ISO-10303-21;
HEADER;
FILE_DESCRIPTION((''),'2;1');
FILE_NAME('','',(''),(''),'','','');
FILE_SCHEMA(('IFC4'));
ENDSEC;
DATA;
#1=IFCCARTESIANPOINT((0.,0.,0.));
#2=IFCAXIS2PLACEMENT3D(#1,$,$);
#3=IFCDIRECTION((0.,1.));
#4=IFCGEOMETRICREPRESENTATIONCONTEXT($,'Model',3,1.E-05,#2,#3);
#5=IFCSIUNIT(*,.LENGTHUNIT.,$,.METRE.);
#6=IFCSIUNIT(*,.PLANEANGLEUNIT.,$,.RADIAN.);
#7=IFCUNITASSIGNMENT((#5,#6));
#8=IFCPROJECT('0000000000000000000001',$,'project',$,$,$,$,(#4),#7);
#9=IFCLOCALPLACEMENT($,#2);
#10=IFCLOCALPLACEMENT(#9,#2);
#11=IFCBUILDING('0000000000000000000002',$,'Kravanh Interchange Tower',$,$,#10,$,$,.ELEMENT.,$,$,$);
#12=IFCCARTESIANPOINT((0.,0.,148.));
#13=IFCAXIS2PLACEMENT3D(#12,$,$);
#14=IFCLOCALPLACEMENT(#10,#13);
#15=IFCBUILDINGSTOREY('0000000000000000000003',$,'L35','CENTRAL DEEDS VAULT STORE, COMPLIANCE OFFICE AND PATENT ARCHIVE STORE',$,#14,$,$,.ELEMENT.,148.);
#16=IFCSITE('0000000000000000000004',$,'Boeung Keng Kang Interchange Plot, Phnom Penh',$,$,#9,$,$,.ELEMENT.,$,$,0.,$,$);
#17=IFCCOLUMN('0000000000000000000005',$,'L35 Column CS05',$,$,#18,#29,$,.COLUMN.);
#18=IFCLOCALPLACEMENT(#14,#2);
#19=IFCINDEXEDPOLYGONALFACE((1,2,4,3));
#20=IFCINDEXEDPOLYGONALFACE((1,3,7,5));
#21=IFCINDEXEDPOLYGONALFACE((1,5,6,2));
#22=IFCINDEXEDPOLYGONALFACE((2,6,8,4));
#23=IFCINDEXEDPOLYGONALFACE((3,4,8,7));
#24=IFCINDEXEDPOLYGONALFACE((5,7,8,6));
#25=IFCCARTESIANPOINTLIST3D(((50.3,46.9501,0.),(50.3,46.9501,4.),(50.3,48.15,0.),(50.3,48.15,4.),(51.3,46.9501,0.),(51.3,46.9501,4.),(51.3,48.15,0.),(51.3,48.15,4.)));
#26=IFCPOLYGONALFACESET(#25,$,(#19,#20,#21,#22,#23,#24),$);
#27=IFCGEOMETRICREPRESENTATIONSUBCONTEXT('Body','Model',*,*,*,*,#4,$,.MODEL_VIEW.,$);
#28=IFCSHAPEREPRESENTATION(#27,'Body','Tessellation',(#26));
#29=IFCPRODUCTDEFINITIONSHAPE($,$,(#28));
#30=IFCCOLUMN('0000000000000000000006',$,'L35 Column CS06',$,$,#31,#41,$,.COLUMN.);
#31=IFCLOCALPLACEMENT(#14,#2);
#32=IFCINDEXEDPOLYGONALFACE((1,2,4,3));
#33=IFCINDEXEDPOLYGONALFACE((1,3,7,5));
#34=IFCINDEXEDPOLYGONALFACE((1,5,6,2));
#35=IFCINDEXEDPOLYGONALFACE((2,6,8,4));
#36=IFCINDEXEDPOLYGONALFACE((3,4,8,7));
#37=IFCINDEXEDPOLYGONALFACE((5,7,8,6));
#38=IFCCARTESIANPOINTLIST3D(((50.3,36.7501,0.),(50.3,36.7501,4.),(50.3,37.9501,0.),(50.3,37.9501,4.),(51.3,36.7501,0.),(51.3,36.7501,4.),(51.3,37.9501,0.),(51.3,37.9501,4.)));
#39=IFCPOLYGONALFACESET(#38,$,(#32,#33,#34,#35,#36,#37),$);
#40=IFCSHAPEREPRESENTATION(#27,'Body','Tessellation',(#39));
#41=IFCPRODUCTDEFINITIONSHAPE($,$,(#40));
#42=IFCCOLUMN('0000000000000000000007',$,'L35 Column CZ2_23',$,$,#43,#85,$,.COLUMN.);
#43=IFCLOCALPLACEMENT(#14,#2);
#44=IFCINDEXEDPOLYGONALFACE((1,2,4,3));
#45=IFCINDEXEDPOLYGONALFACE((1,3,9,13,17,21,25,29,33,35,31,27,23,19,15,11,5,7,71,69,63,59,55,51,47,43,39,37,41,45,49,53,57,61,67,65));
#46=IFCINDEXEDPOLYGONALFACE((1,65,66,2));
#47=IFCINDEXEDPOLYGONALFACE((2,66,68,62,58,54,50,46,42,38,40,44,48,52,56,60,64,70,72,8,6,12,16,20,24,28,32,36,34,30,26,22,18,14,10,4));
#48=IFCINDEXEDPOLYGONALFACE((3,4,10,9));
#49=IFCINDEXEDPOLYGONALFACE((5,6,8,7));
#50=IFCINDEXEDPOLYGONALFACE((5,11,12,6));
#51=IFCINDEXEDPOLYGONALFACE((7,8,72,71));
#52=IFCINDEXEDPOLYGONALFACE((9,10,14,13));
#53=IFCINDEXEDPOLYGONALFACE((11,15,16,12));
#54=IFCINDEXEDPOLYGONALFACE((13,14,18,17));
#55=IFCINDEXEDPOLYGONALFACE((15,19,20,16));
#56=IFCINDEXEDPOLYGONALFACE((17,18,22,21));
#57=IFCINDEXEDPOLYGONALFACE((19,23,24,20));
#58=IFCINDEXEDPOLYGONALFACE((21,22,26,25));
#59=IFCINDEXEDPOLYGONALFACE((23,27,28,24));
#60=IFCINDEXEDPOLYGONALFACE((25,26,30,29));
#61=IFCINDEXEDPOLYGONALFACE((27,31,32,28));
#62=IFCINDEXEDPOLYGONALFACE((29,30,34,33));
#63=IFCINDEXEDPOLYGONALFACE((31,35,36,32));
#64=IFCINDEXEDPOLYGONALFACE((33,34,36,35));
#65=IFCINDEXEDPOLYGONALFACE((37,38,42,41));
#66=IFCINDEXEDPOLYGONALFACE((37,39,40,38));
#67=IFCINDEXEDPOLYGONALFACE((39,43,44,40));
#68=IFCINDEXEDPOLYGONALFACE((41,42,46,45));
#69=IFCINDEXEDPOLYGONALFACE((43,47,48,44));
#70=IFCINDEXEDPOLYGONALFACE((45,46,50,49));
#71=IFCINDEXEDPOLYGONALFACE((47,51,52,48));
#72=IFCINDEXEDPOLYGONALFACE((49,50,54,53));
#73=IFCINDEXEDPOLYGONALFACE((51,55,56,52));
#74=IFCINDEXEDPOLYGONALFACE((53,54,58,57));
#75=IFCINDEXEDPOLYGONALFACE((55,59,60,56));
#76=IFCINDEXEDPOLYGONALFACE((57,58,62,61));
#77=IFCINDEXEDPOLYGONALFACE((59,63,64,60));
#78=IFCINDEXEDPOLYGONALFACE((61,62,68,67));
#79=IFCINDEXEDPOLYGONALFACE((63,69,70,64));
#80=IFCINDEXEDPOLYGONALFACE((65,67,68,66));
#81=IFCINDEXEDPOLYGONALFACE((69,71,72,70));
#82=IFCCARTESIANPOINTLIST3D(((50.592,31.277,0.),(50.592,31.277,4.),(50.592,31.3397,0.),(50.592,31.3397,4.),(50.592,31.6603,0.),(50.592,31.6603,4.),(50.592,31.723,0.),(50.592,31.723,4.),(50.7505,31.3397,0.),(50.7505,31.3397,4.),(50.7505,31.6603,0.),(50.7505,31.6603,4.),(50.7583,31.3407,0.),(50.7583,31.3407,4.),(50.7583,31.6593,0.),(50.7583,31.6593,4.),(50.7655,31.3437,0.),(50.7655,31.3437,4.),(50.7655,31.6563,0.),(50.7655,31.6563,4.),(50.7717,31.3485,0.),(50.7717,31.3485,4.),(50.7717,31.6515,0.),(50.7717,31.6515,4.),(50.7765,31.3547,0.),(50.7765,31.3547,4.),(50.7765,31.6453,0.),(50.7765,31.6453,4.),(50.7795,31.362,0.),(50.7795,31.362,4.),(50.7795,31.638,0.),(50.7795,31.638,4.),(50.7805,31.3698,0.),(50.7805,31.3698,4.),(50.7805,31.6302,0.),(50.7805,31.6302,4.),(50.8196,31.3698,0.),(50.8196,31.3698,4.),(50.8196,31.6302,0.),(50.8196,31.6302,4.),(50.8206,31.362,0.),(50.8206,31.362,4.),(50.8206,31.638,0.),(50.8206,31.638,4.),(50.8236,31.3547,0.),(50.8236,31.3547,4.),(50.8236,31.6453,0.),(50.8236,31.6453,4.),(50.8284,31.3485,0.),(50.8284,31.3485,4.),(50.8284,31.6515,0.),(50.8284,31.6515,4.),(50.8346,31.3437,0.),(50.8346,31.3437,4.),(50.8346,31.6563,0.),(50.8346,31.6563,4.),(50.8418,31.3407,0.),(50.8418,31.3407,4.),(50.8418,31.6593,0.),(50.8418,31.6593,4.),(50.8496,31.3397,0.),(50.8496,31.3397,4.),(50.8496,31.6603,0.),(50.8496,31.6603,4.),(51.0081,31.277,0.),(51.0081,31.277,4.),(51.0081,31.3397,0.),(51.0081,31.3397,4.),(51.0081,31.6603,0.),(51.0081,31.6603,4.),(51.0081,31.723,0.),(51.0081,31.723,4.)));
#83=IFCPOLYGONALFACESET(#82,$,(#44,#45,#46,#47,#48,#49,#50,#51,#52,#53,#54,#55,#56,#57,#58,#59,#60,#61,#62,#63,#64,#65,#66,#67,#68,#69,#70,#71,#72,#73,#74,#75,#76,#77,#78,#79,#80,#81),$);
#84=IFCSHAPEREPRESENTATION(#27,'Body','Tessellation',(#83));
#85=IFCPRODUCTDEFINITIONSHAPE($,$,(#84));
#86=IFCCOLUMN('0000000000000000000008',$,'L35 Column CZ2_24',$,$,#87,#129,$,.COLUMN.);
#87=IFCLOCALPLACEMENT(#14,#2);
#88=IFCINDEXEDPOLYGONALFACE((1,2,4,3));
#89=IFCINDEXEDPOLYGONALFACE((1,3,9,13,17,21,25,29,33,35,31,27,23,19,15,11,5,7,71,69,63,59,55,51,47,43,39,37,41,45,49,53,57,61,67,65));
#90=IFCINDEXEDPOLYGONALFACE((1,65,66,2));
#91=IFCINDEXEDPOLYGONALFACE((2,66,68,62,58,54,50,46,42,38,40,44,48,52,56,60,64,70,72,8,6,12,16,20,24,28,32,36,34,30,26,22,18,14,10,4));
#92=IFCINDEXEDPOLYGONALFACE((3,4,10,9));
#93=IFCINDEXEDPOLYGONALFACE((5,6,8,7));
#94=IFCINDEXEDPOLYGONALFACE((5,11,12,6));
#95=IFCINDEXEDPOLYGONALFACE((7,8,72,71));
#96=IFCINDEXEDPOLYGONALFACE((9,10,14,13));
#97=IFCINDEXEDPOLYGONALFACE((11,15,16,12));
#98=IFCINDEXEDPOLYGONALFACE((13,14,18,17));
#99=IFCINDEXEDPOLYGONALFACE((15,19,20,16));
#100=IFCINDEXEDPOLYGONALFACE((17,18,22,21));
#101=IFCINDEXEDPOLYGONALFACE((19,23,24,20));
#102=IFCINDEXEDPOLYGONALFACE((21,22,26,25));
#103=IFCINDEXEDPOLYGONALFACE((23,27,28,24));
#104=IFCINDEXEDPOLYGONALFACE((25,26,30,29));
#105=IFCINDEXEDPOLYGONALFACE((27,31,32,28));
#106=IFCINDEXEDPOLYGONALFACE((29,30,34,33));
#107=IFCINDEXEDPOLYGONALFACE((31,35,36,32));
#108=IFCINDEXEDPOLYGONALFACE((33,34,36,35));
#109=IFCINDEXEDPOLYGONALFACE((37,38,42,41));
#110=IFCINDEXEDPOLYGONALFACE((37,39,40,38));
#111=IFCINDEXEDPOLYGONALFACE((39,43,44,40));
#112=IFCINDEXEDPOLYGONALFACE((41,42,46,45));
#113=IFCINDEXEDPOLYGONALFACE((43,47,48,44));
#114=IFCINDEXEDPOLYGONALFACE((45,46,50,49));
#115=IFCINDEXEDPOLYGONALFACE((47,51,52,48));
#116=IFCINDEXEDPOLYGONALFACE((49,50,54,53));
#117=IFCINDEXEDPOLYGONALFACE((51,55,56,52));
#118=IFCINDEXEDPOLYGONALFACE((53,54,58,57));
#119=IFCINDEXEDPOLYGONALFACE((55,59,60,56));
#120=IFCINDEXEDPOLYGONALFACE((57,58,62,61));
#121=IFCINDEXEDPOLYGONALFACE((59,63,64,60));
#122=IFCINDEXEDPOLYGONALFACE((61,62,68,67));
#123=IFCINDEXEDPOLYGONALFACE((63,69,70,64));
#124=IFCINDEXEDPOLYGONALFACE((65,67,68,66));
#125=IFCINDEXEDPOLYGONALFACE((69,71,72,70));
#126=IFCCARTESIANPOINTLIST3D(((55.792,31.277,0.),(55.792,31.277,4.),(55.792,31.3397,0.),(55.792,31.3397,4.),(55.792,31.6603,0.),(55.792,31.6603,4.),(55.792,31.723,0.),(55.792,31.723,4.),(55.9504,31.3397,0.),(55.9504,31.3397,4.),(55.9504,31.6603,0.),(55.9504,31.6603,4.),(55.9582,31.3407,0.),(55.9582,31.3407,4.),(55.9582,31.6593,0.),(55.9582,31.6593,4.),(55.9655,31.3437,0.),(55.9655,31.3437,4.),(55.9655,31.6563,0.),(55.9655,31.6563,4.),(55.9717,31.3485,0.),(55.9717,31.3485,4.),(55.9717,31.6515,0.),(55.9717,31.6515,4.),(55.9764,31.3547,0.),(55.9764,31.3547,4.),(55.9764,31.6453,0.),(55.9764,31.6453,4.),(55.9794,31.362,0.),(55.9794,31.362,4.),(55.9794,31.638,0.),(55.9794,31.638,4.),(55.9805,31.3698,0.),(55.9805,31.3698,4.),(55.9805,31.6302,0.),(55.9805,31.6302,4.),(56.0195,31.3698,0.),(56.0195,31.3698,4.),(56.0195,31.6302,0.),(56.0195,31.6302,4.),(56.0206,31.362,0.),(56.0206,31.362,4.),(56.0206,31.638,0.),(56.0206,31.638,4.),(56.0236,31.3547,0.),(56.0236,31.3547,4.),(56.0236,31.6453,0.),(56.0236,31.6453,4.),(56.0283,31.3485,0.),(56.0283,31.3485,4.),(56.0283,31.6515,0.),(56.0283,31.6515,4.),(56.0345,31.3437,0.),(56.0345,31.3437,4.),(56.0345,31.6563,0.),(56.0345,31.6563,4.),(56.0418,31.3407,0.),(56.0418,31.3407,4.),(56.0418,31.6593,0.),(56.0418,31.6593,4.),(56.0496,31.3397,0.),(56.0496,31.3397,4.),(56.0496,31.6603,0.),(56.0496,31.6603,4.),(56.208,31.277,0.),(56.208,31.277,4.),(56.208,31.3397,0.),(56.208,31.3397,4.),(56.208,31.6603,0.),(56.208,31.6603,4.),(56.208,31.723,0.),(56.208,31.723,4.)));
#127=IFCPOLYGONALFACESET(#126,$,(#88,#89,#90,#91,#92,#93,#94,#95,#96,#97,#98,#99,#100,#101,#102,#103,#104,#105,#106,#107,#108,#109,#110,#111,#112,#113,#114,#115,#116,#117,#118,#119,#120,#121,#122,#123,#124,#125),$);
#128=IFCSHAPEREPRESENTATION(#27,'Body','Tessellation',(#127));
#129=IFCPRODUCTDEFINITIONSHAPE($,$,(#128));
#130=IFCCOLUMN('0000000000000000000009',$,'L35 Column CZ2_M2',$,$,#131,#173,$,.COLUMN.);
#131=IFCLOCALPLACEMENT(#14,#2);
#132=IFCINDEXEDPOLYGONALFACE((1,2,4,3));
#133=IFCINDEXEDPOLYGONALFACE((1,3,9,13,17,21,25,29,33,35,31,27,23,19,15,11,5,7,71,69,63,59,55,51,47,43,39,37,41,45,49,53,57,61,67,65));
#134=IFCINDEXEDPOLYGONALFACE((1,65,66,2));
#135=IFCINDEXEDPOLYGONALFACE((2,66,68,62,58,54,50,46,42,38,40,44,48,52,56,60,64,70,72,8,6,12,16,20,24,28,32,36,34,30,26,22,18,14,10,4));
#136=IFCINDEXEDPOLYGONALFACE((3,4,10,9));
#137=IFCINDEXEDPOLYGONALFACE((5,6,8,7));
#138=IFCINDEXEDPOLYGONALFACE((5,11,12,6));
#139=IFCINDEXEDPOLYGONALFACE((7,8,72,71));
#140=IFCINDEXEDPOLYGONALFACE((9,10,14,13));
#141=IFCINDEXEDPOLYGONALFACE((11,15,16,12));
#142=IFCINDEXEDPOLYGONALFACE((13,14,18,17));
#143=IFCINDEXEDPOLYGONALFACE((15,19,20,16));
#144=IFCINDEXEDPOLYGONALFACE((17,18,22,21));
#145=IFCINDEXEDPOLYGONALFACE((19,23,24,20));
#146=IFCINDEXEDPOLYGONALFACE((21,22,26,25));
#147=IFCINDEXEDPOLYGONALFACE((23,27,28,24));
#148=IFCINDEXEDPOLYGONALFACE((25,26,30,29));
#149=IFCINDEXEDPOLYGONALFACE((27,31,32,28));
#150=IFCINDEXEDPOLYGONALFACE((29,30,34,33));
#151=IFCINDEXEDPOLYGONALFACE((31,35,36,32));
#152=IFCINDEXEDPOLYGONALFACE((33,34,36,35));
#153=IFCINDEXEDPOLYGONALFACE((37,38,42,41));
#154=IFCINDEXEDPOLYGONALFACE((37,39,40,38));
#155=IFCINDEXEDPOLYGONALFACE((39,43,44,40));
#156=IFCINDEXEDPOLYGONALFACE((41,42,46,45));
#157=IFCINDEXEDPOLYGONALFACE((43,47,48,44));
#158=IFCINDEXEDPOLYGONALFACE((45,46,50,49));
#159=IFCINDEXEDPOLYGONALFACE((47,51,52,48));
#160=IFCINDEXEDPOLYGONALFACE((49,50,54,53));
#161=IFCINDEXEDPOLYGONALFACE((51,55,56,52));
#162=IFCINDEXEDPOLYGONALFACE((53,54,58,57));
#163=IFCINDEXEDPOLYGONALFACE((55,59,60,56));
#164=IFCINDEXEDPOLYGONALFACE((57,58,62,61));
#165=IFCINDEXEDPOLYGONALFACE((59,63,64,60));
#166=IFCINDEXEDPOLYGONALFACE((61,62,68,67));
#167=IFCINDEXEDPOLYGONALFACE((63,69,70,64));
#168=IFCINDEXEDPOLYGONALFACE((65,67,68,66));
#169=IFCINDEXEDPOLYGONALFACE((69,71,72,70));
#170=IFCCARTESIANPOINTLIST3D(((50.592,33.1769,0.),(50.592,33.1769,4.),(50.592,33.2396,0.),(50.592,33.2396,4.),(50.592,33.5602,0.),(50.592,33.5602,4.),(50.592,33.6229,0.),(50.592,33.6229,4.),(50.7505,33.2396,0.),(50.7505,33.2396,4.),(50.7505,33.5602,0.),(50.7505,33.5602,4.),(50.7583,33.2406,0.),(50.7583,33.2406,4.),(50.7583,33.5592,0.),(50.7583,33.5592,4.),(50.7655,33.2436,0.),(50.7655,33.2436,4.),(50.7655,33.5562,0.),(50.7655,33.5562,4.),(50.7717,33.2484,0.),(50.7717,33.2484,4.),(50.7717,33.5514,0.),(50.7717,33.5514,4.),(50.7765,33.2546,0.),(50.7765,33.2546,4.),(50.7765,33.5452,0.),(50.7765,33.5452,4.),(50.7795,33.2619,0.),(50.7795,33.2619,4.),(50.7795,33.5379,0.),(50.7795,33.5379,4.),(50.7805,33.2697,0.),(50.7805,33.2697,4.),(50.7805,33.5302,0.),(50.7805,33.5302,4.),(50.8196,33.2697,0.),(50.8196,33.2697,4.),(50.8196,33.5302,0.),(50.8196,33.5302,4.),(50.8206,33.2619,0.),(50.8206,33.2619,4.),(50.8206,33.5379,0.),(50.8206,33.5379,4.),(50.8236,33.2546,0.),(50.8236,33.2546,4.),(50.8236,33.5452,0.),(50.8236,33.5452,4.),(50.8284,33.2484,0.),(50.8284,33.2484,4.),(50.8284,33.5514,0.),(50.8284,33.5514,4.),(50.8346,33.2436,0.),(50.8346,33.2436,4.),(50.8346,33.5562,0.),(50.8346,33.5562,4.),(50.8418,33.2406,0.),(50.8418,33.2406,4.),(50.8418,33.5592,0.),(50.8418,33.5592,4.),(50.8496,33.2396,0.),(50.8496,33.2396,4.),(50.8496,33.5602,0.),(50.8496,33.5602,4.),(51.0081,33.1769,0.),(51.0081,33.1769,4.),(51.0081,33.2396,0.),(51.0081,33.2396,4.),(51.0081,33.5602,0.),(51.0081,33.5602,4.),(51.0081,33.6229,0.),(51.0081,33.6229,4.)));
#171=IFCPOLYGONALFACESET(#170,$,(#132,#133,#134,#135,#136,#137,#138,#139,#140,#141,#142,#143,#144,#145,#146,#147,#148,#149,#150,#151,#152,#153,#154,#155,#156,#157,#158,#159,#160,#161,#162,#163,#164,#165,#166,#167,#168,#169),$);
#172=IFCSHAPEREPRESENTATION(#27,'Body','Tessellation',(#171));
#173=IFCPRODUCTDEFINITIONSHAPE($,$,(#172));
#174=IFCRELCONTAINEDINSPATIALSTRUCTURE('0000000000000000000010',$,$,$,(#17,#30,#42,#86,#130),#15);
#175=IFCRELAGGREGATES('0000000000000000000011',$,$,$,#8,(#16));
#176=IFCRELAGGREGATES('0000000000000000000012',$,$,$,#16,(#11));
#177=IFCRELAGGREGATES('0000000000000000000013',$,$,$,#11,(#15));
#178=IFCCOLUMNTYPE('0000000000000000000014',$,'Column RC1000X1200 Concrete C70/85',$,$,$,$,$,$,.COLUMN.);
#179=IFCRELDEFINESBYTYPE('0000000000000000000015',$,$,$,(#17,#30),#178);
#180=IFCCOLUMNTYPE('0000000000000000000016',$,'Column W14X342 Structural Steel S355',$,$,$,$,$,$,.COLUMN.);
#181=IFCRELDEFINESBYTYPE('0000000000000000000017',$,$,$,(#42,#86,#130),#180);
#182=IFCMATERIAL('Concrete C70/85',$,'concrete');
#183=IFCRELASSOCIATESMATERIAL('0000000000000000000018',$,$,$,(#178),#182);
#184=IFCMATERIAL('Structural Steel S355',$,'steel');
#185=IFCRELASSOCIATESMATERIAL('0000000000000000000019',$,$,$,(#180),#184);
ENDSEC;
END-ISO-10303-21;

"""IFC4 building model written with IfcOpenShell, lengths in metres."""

from ifc_helpers import new_model, si_unit, direction, frame, origin, origin_2d, place, context, subcontext, project, spatial, rectangle, i_section, extrude, material, material_profile, profile_set, type_object, element, save


model = new_model("IFC4")

# Units and contexts
model_context = context("Model", 3, precision=1e-05, world=origin(), true_north=direction((0.0, 1.0)))
body_context = subcontext(model_context, "Body", "Model", "MODEL_VIEW")
ifc_project = project(units=[si_unit("LENGTHUNIT", "METRE"), si_unit("PLANEANGLEUNIT", "RADIAN")], contexts=[model_context])

# Site, building, storey
site_placement = place(None, origin())
site = spatial("IfcSite", under=ifc_project, at=site_placement, Name="Boeung Keng Kang Interchange Plot, Phnom Penh", CompositionType="ELEMENT", RefElevation=0.0)
building_placement = place(site_placement, origin())
building = spatial("IfcBuilding", under=site, at=building_placement, Name="Kravanh Interchange Tower", CompositionType="ELEMENT")
storey_placement = place(building_placement, frame((0.0, 0.0, 148.0)))
storey = spatial("IfcBuildingStorey", under=building, at=storey_placement, Name="L35", Description="CENTRAL DEEDS VAULT STORE, COMPLIANCE OFFICE AND PATENT ARCHIVE STORE", CompositionType="ELEMENT", Elevation=148.0)

# Columns
ifc_material_1 = material(Name="Concrete C70/85", Category="concrete")
ifc_material_profile_1 = material_profile(ifc_material_1, rectangle(XDim=1.0, YDim=1.2, at=origin_2d()), Name="RC1000X1200")
ifc_profile_set_1 = profile_set([ifc_material_profile_1], Name="Concrete C70/85")
column_type_1 = type_object("IfcColumnType", Name="Column RC1000X1200 Concrete C70/85", PredefinedType="COLUMN", material=ifc_profile_set_1)
for number, where, z_axis, x_axis, name in (
    (1, (50.8, 47.55, 0.0), (0.0, 0.0, 1.0), (1.0, 0.0, 0.0), "L35 Column CS05"),
    (2, (50.8, 37.3501, 0.0), (0.0, 0.0, 1.0), (1.0, 0.0, 0.0), "L35 Column CS06"),
):
    element("IfcColumn", number, at=place(storey_placement, frame(where, z_axis=z_axis, x_axis=x_axis)), inside=storey, type_object=column_type_1, Name=name, PredefinedType="COLUMN", context=body_context, shape_type="SweptSolid", body=[
        extrude(rectangle(XDim=1.0, YDim=1.2, at=origin_2d()), origin(), (0.0, 0.0, 1.0), 4.0),
    ])
ifc_material_2 = material(Name="Structural Steel S355", Category="steel")
ifc_material_profile_2 = material_profile(ifc_material_2, i_section(OverallWidth=0.416, OverallDepth=0.446, WebThickness=0.0391, FlangeThickness=0.0627, FilletRadius=0.03, at=origin_2d()), Name="W14X342")
ifc_profile_set_2 = profile_set([ifc_material_profile_2], Name="Structural Steel S355")
column_type_2 = type_object("IfcColumnType", Name="Column W14X342 Structural Steel S355", PredefinedType="COLUMN", material=ifc_profile_set_2)
for number, where, z_axis, x_axis, name in (
    (3, (50.8, 31.5, 0.0), (0.0, 0.0, 1.0), (1.0, 0.0, 0.0), "L35 Column CZ2_23"),
    (4, (56.0, 31.5, 0.0), (0.0, 0.0, 1.0), (1.0, 0.0, 0.0), "L35 Column CZ2_24"),
    (5, (50.8, 33.3999, 0.0), (0.0, 0.0, 1.0), (1.0, 0.0, 0.0), "L35 Column CZ2_M2"),
):
    element("IfcColumn", number, at=place(storey_placement, frame(where, z_axis=z_axis, x_axis=x_axis)), inside=storey, type_object=column_type_2, Name=name, PredefinedType="COLUMN", context=body_context, shape_type="SweptSolid", body=[
        extrude(i_section(OverallWidth=0.416, OverallDepth=0.446, WebThickness=0.0391, FlangeThickness=0.0627, FilletRadius=0.03, at=origin_2d()), origin(), (0.0, 0.0, 1.0), 4.0),
    ])

save(model, "model.ifc")
